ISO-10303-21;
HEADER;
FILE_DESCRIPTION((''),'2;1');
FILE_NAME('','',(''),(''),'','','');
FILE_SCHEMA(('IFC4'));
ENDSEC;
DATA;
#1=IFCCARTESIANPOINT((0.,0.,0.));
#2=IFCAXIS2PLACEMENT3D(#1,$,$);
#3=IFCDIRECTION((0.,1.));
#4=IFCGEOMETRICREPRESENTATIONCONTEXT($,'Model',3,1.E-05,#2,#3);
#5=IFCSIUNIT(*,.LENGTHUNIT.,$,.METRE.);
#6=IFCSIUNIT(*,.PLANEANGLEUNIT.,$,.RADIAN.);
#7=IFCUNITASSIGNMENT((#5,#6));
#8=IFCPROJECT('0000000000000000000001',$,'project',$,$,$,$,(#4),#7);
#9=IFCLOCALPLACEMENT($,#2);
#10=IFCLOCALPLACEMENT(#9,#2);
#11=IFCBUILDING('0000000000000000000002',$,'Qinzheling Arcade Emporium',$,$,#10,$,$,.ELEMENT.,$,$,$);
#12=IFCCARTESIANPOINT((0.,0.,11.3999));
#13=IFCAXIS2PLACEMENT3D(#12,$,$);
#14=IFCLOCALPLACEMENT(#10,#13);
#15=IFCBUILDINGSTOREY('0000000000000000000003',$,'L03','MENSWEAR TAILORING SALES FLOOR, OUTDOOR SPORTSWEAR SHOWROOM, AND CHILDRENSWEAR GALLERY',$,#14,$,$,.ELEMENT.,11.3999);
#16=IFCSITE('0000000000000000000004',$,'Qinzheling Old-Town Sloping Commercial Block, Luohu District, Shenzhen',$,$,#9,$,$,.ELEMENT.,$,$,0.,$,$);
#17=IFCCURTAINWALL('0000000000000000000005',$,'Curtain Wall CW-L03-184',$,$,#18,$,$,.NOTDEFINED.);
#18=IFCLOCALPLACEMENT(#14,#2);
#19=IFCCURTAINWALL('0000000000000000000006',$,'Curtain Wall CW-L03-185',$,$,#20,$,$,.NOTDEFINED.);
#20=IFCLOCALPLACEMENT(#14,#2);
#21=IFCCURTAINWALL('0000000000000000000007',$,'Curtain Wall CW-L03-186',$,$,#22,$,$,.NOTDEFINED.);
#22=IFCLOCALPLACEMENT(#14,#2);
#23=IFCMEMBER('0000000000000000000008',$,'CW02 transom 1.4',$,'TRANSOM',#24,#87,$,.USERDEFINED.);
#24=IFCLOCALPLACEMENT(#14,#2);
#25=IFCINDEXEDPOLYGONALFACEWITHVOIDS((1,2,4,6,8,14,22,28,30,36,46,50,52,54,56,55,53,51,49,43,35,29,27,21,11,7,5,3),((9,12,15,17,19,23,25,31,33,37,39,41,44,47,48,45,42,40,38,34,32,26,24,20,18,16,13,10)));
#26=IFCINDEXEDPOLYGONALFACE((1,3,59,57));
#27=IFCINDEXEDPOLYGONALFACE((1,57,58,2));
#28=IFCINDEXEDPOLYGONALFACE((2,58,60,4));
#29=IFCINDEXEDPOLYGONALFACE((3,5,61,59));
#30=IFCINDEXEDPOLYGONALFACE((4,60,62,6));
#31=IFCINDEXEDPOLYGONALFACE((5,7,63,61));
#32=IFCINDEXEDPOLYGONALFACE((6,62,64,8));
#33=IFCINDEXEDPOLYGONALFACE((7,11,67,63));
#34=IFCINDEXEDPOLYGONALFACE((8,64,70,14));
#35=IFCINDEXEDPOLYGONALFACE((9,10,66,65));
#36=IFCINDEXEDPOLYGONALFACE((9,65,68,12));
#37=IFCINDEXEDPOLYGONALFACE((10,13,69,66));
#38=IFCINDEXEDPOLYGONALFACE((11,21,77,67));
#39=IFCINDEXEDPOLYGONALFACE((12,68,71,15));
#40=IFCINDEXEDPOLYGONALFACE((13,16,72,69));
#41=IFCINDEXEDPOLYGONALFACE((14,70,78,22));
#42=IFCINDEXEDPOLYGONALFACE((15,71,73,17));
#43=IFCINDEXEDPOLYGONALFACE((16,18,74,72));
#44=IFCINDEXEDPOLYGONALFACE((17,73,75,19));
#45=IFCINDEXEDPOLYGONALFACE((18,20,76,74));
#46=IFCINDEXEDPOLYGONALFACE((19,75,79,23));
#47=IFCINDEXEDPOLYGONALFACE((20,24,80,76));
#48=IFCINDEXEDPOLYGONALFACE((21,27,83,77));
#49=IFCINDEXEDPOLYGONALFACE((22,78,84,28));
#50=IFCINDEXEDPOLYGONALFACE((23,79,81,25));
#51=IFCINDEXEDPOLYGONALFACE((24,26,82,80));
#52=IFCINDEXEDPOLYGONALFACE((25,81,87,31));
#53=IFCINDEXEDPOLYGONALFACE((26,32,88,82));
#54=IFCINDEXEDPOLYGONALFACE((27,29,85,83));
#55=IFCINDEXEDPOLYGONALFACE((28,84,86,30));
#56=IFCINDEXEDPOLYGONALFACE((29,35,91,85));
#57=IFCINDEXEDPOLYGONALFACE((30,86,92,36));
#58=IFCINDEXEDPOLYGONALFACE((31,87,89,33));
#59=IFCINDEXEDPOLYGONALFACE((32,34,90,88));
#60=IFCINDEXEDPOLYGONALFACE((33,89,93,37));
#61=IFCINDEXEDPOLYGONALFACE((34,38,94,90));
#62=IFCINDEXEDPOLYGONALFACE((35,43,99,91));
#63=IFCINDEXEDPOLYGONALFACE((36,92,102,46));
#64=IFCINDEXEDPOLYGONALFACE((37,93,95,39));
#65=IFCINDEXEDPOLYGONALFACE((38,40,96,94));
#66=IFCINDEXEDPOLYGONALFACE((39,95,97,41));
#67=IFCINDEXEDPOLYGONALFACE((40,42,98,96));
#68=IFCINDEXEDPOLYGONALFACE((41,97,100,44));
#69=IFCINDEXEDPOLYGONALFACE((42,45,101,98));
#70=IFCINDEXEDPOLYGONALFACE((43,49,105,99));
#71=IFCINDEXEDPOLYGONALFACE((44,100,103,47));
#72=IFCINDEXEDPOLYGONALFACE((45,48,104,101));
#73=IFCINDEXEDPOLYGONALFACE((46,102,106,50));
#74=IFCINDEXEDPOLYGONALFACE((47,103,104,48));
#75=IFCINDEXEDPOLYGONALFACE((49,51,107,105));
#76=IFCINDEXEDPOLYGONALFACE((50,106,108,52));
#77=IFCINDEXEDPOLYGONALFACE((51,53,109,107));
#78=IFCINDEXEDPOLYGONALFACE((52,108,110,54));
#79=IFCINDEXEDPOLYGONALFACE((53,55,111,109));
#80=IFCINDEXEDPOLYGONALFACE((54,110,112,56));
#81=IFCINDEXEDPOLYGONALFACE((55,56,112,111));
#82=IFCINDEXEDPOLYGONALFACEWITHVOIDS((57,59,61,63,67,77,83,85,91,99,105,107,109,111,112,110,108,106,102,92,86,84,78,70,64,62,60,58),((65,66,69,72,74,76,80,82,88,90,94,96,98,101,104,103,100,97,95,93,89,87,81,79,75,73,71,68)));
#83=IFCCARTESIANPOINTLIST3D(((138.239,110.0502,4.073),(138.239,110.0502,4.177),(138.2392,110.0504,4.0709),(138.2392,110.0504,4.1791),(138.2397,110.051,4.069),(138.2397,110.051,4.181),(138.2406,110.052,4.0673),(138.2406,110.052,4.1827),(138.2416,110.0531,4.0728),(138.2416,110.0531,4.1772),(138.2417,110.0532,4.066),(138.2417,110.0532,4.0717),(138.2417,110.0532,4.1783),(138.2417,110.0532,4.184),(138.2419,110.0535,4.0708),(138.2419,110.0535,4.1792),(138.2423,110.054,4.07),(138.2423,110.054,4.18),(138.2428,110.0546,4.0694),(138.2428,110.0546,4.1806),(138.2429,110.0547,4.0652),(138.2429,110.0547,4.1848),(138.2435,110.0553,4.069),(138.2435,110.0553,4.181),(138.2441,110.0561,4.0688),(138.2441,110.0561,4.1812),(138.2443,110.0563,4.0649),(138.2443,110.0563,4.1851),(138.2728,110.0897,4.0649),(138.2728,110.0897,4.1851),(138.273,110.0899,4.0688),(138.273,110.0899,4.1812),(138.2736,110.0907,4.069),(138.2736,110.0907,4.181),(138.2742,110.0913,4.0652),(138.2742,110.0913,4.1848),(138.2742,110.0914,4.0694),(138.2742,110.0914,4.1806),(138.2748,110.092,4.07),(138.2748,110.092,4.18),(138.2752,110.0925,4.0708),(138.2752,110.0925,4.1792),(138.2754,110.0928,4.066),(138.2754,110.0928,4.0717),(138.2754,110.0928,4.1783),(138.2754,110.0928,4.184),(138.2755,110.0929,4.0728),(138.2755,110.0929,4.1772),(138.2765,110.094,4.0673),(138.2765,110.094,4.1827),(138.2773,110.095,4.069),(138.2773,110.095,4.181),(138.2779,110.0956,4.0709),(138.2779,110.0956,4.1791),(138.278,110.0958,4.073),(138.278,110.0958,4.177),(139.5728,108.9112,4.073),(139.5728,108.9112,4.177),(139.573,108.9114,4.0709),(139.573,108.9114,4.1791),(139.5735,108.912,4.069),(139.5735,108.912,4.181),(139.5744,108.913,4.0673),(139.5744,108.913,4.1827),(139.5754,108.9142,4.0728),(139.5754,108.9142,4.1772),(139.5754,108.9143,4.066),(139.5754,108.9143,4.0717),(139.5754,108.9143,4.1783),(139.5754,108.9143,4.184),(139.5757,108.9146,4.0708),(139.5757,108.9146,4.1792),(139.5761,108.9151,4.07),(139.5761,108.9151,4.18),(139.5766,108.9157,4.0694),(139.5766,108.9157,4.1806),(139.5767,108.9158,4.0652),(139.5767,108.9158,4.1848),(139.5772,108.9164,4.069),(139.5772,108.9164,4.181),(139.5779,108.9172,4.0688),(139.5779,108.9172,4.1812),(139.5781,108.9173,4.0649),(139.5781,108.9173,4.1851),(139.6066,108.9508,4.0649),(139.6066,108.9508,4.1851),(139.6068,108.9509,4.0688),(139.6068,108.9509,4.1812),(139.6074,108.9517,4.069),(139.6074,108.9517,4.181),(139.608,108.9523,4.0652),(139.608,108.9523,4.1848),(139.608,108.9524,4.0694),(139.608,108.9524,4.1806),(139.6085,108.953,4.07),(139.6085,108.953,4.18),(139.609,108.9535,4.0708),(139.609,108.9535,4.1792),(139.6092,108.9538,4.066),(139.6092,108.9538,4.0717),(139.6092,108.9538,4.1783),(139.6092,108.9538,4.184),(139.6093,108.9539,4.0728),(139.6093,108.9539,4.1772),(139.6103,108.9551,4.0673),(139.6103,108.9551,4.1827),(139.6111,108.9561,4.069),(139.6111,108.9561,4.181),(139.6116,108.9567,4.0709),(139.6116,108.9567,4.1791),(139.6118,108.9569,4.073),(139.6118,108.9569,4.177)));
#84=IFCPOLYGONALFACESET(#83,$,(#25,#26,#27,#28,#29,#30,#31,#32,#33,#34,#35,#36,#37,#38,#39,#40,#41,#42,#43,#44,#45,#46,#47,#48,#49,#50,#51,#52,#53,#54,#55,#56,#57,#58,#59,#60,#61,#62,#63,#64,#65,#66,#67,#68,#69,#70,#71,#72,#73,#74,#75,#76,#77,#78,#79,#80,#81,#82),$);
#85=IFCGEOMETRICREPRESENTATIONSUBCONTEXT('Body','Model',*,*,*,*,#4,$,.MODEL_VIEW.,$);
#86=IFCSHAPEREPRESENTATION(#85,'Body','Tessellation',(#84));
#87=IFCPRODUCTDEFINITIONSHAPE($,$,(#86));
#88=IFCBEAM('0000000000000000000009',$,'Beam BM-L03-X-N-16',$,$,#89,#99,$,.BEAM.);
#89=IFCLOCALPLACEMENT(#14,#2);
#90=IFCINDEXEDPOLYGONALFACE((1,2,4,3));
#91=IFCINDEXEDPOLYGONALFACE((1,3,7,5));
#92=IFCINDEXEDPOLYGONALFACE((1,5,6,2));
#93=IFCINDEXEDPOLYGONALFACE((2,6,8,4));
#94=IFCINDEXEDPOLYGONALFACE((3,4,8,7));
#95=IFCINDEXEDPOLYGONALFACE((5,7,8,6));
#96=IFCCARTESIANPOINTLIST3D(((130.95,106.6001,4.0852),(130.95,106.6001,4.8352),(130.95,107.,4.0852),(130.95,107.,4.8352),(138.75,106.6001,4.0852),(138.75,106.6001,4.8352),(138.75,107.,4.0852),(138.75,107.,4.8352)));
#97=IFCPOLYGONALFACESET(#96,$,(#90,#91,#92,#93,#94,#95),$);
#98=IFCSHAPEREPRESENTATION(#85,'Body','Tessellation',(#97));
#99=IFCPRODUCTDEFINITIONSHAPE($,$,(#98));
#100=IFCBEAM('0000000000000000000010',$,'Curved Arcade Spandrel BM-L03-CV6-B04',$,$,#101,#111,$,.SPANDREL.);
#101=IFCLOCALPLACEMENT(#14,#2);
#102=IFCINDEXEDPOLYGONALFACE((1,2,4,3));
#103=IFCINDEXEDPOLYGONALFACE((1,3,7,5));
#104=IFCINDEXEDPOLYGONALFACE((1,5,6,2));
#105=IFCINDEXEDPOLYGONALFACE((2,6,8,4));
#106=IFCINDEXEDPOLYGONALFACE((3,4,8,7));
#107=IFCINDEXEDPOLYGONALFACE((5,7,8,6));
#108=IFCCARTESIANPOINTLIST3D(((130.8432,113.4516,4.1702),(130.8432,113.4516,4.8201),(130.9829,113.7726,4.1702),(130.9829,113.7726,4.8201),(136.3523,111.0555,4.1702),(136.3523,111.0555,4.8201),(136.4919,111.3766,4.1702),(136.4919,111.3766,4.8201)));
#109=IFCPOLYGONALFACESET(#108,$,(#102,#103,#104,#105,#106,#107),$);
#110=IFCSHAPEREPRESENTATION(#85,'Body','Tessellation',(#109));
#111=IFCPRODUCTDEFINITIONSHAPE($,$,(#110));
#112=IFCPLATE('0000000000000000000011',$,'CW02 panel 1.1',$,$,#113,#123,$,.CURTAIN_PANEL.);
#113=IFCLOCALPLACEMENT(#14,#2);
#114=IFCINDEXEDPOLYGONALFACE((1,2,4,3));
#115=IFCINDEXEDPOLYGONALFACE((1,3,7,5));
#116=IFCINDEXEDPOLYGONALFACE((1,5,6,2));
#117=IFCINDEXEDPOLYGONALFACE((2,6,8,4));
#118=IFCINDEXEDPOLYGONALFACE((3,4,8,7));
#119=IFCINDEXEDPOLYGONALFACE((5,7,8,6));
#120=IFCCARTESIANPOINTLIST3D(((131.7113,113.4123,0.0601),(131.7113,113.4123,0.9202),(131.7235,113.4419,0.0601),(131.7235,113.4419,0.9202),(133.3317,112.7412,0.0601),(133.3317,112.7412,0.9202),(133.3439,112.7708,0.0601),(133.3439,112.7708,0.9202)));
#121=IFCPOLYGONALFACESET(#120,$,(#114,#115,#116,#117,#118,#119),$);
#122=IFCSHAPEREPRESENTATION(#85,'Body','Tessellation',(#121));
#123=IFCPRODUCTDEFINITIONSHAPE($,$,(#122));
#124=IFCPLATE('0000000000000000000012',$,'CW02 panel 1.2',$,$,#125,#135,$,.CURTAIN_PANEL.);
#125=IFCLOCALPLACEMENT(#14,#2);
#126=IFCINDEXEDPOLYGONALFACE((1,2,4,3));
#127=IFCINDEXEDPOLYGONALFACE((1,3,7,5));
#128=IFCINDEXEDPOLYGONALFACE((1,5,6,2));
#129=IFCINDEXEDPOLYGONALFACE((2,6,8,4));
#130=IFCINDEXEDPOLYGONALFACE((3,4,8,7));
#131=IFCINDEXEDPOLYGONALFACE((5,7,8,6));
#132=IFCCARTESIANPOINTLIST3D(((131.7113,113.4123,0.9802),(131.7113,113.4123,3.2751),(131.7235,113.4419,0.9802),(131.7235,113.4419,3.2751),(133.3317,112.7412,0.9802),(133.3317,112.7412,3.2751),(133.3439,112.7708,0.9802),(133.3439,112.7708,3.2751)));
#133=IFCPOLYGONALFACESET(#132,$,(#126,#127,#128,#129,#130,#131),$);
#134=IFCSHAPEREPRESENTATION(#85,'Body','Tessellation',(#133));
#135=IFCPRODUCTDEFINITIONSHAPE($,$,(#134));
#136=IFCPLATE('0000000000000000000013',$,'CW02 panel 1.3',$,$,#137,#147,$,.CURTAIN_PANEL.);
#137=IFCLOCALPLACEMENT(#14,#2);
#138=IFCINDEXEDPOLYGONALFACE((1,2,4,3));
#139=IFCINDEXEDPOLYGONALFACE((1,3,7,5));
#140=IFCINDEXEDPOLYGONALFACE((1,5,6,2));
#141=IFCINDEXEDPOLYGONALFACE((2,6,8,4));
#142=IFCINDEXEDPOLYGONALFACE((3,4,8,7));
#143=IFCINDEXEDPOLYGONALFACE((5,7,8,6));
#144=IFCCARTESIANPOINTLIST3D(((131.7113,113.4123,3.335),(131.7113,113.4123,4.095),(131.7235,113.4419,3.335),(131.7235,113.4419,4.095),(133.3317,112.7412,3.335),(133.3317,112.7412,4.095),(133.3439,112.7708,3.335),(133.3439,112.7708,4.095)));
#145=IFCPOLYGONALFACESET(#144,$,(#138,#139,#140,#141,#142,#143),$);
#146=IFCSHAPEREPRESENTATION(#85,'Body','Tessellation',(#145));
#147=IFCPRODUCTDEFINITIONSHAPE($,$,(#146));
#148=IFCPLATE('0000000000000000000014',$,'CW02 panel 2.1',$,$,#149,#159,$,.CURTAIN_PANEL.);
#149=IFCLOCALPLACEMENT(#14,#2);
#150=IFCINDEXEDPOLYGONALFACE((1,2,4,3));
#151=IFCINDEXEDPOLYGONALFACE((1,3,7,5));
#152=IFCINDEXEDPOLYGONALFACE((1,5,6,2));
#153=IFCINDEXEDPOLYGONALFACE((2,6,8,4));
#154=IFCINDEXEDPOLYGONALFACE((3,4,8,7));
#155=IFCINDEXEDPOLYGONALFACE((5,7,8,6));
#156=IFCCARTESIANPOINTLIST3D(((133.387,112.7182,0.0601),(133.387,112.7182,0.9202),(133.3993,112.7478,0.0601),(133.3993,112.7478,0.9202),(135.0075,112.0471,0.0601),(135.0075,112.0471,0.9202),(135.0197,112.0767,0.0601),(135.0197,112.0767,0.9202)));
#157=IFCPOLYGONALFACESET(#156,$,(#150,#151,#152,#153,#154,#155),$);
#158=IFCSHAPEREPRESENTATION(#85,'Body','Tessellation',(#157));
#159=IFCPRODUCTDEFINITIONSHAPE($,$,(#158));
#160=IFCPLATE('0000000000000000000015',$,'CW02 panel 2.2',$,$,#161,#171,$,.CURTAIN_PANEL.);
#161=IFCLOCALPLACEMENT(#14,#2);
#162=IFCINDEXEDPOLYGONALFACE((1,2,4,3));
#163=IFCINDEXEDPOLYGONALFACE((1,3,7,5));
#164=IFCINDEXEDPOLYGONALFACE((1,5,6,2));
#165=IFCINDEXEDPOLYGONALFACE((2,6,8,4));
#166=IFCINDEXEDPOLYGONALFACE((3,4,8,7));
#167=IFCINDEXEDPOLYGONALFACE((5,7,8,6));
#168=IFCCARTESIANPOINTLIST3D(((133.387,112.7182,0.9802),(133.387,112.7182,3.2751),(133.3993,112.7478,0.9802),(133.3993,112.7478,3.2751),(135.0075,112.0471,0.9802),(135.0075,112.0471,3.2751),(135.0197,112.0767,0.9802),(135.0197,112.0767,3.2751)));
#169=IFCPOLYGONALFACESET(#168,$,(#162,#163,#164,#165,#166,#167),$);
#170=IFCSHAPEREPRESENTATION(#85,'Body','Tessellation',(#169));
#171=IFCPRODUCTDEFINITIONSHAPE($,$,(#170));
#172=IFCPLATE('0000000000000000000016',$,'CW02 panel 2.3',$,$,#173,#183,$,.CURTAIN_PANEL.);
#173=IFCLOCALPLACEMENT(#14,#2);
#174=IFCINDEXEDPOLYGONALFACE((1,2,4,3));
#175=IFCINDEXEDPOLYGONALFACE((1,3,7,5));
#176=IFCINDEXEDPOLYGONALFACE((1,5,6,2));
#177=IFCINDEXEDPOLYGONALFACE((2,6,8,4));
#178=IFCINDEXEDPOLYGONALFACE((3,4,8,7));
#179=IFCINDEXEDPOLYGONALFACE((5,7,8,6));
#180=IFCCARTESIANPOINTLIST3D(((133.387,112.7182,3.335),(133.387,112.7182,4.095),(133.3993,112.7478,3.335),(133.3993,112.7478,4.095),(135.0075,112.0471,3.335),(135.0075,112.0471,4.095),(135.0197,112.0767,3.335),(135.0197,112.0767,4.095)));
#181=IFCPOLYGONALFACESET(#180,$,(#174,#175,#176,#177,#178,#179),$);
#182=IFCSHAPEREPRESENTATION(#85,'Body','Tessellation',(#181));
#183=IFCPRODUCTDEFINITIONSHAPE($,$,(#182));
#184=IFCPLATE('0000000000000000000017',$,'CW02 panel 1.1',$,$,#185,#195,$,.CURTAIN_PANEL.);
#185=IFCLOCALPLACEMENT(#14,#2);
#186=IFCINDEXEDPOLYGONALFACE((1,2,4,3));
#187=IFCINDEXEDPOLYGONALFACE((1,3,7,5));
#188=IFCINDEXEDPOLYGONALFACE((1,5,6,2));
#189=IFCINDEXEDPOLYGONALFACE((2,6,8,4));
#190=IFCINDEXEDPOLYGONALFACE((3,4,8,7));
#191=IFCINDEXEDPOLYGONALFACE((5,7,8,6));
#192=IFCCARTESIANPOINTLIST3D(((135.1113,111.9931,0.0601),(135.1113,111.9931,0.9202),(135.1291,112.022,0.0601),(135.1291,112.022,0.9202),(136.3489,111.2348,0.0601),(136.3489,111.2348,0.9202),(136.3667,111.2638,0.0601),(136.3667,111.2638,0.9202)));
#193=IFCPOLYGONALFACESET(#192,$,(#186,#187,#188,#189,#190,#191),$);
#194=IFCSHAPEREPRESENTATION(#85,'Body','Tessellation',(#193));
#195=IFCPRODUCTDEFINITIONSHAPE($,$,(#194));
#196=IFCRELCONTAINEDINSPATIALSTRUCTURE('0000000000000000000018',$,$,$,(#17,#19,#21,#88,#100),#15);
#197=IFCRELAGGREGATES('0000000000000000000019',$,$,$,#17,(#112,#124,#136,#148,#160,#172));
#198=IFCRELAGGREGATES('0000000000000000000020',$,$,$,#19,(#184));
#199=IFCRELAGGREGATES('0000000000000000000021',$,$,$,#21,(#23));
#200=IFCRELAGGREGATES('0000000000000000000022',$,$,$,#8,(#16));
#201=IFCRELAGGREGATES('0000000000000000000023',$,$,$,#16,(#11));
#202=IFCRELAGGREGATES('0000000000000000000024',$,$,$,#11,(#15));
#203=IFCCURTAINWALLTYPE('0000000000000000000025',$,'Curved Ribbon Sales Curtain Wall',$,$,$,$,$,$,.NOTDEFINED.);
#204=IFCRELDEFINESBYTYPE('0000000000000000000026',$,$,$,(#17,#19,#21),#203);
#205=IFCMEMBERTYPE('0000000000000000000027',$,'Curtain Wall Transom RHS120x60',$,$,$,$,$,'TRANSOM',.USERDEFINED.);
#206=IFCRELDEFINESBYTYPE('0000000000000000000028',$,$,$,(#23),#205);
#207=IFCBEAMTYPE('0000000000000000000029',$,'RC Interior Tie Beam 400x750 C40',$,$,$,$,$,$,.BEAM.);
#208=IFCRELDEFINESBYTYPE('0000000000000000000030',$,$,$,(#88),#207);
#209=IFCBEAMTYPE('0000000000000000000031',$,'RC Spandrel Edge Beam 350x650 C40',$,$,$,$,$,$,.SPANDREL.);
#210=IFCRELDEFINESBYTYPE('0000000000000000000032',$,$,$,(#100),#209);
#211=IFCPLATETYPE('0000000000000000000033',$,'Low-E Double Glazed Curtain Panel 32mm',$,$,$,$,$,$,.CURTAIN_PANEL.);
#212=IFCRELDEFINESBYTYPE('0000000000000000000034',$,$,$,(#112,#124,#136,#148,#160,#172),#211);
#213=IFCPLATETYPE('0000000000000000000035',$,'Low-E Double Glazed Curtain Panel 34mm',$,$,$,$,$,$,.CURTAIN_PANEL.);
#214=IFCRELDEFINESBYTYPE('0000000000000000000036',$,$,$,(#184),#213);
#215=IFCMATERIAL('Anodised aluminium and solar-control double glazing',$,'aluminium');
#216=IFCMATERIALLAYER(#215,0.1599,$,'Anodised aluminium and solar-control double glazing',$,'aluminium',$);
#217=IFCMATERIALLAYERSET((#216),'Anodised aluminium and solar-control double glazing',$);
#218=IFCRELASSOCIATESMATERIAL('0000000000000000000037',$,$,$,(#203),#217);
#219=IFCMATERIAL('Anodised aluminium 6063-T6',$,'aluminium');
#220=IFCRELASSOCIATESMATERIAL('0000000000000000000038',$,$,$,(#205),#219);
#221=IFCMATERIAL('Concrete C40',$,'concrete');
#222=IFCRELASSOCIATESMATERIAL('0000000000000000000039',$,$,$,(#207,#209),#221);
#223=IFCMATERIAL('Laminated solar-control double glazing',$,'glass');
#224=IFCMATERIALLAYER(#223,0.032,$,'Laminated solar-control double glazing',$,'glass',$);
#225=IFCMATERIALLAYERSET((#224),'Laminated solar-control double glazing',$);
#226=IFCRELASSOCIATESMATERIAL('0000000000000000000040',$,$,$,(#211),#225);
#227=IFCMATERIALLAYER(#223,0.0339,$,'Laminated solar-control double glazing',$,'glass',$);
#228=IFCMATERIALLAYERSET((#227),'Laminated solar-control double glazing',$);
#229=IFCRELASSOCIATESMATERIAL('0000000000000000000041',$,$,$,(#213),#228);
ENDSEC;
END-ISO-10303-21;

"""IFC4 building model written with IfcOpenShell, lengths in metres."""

from ifc_helpers import new_model, si_unit, direction, frame, origin, origin_2d, place, context, subcontext, project, spatial, rectangle, hollow_rectangle, extrude, material, layer, layer_set, material_profile, profile_set, type_object, element, aggregate, save


model = new_model("IFC4")

# Units and contexts
model_context = context("Model", 3, precision=1e-05, world=origin(), true_north=direction((0.0, 1.0)))
body_context = subcontext(model_context, "Body", "Model", "MODEL_VIEW")
ifc_project = project(units=[si_unit("LENGTHUNIT", "METRE"), si_unit("PLANEANGLEUNIT", "RADIAN")], contexts=[model_context])

# Site, building, storey
site_placement = place(None, origin())
site = spatial("IfcSite", under=ifc_project, at=site_placement, Name="Qinzheling Old-Town Sloping Commercial Block, Luohu District, Shenzhen", CompositionType="ELEMENT", RefElevation=0.0)
building_placement = place(site_placement, origin())
building = spatial("IfcBuilding", under=site, at=building_placement, Name="Qinzheling Arcade Emporium", CompositionType="ELEMENT")
storey_placement = place(building_placement, frame((0.0, 0.0, 11.3999)))
storey = spatial("IfcBuildingStorey", under=building, at=storey_placement, Name="L03", Description="MENSWEAR TAILORING SALES FLOOR, OUTDOOR SPORTSWEAR SHOWROOM, AND CHILDRENSWEAR GALLERY", CompositionType="ELEMENT", Elevation=11.3999)

# Curtain walls
ifc_material_1 = material(Name="Anodised aluminium and solar-control double glazing", Category="aluminium")
ifc_layer_1 = layer(ifc_material_1, 0.1599, Name="Anodised aluminium and solar-control double glazing", Category="aluminium")
ifc_layer_set_1 = layer_set([ifc_layer_1], Name="Anodised aluminium and solar-control double glazing")
curtain_wall_type = type_object("IfcCurtainWallType", Name="Curved Ribbon Sales Curtain Wall", PredefinedType="NOTDEFINED", material=ifc_layer_set_1)
curtain_wall_1_placement = place(storey_placement, origin())
curtain_wall_1 = element("IfcCurtainWall", 1, at=curtain_wall_1_placement, inside=storey, type_object=curtain_wall_type, Name="Curtain Wall CW-L03-184", PredefinedType="NOTDEFINED")
ifc_material_2 = material(Name="Anodised aluminium 6063-T6", Category="aluminium")
curtain_wall_2_placement = place(storey_placement, origin())
curtain_wall_2 = element("IfcCurtainWall", 2, at=curtain_wall_2_placement, inside=storey, type_object=curtain_wall_type, Name="Curtain Wall CW-L03-185", PredefinedType="NOTDEFINED")

# Curtain wall
curtain_wall_3_placement = place(storey_placement, origin())
curtain_wall_3 = element("IfcCurtainWall", 3, at=curtain_wall_3_placement, inside=storey, type_object=curtain_wall_type, Name="Curtain Wall CW-L03-186", PredefinedType="NOTDEFINED")

# Member
ifc_material_profile_1 = material_profile(ifc_material_2, hollow_rectangle(XDim=0.0601, YDim=0.1201, WallThickness=0.0039, InnerFilletRadius=0.0039, OuterFilletRadius=0.0081, at=origin_2d()), Name="RHS 120x60x4", Category="aluminium")
ifc_profile_set_1 = profile_set([ifc_material_profile_1], Name="Anodised aluminium 6063-T6")
member_type_1 = type_object("IfcMemberType", Name="Curtain Wall Transom RHS120x60", ElementType="TRANSOM", PredefinedType="USERDEFINED", material=ifc_profile_set_1)
member_1_placement = place(storey_placement, frame((138.2585, 110.073, 4.125), z_axis=(0.760464, -0.64938, 0.0), x_axis=(0.64938, 0.760464, 0.0)))
member_1 = element("IfcMember", 4, at=member_1_placement, type_object=member_type_1, Name="CW02 transom 1.4", ObjectType="TRANSOM", PredefinedType="USERDEFINED", context=body_context, shape_type="SweptSolid", body=[
    extrude(hollow_rectangle(XDim=0.0601, YDim=0.1201, WallThickness=0.0039, InnerFilletRadius=0.0039, OuterFilletRadius=0.0081, at=origin_2d()), origin(), (0.0, 0.0, 1.0), 1.7539),
])

# Beams
ifc_material_3 = material(Name="Concrete C40", Category="concrete")
ifc_material_profile_2 = material_profile(ifc_material_3, rectangle(XDim=0.3999, YDim=0.75, at=origin_2d()), Name="RC 400x750", Category="concrete")
ifc_profile_set_2 = profile_set([ifc_material_profile_2], Name="Concrete C40")
beam_type_1 = type_object("IfcBeamType", Name="RC Interior Tie Beam 400x750 C40", PredefinedType="BEAM", material=ifc_profile_set_2)
beam_1_placement = place(storey_placement, frame((130.95, 106.8, 4.4602), z_axis=(1.0, 0.0, 0.0), x_axis=(0.0, 1.0, 0.0)))
element("IfcBeam", 5, at=beam_1_placement, inside=storey, type_object=beam_type_1, Name="Beam BM-L03-X-N-16", PredefinedType="BEAM", context=body_context, shape_type="SweptSolid", body=[
    extrude(rectangle(XDim=0.3999, YDim=0.75, at=origin_2d()), origin(), (0.0, 0.0, 1.0), 7.8),
])
ifc_material_profile_3 = material_profile(ifc_material_3, rectangle(XDim=0.3501, YDim=0.6499, at=origin_2d()), Name="RC 350x650", Category="concrete")
ifc_profile_set_3 = profile_set([ifc_material_profile_3], Name="Concrete C40")
beam_type_2 = type_object("IfcBeamType", Name="RC Spandrel Edge Beam 350x650 C40", PredefinedType="SPANDREL", material=ifc_profile_set_3)
beam_2_placement = place(storey_placement, frame((136.4221, 111.2161, 4.4951), z_axis=(-0.917024, 0.398833, 0.0), x_axis=(-0.398833, -0.917024, 0.0)))
element("IfcBeam", 6, at=beam_2_placement, inside=storey, type_object=beam_type_2, Name="Curved Arcade Spandrel BM-L03-CV6-B04", PredefinedType="SPANDREL", context=body_context, shape_type="SweptSolid", body=[
    extrude(rectangle(XDim=0.3501, YDim=0.6499, at=origin_2d()), origin(), (0.0, 0.0, 1.0), 6.0076),
])

# Plates
ifc_material_4 = material(Name="Laminated solar-control double glazing", Category="glass")
ifc_layer_2 = layer(ifc_material_4, 0.032, Name="Laminated solar-control double glazing", Category="glass")
ifc_layer_set_2 = layer_set([ifc_layer_2], Name="Laminated solar-control double glazing")
plate_type_1 = type_object("IfcPlateType", Name="Low-E Double Glazed Curtain Panel 32mm", PredefinedType="CURTAIN_PANEL", material=ifc_layer_set_2)
plate_1_placement = place(storey_placement, frame((132.5276, 113.0916, 0.0601), z_axis=(0.0, 0.0, 1.0), x_axis=(0.923901, -0.382631, 0.0)))
plate_1 = element("IfcPlate", 7, at=plate_1_placement, type_object=plate_type_1, Name="CW02 panel 1.1", PredefinedType="CURTAIN_PANEL", context=body_context, shape_type="SweptSolid", body=[
    extrude(rectangle(XDim=1.7539, YDim=0.032, at=origin_2d()), origin(), (0.0, 0.0, 1.0), 0.8601),
])
plate_2_placement = place(storey_placement, frame((132.5276, 113.0916, 0.9802), z_axis=(0.0, 0.0, 1.0), x_axis=(0.923901, -0.382631, 0.0)))
plate_2 = element("IfcPlate", 8, at=plate_2_placement, type_object=plate_type_1, Name="CW02 panel 1.2", PredefinedType="CURTAIN_PANEL", context=body_context, shape_type="SweptSolid", body=[
    extrude(rectangle(XDim=1.7539, YDim=0.032, at=origin_2d()), origin(), (0.0, 0.0, 1.0), 2.2949),
])
plate_3_placement = place(storey_placement, frame((132.5276, 113.0916, 3.335), z_axis=(0.0, 0.0, 1.0), x_axis=(0.923901, -0.382631, 0.0)))
plate_3 = element("IfcPlate", 9, at=plate_3_placement, type_object=plate_type_1, Name="CW02 panel 1.3", PredefinedType="CURTAIN_PANEL", context=body_context, shape_type="SweptSolid", body=[
    extrude(rectangle(XDim=1.7539, YDim=0.032, at=origin_2d()), origin(), (0.0, 0.0, 1.0), 0.76),
])
plate_4_placement = place(storey_placement, frame((134.2034, 112.3975, 0.0601), z_axis=(0.0, 0.0, 1.0), x_axis=(0.923901, -0.382631, 0.0)))
plate_4 = element("IfcPlate", 10, at=plate_4_placement, type_object=plate_type_1, Name="CW02 panel 2.1", PredefinedType="CURTAIN_PANEL", context=body_context, shape_type="SweptSolid", body=[
    extrude(rectangle(XDim=1.7539, YDim=0.032, at=origin_2d()), origin(), (0.0, 0.0, 1.0), 0.8601),
])
plate_5_placement = place(storey_placement, frame((134.2034, 112.3975, 0.9802), z_axis=(0.0, 0.0, 1.0), x_axis=(0.923901, -0.382631, 0.0)))
plate_5 = element("IfcPlate", 11, at=plate_5_placement, type_object=plate_type_1, Name="CW02 panel 2.2", PredefinedType="CURTAIN_PANEL", context=body_context, shape_type="SweptSolid", body=[
    extrude(rectangle(XDim=1.7539, YDim=0.032, at=origin_2d()), origin(), (0.0, 0.0, 1.0), 2.2949),
])
plate_6_placement = place(storey_placement, frame((134.2034, 112.3975, 3.335), z_axis=(0.0, 0.0, 1.0), x_axis=(0.923901, -0.382631, 0.0)))
plate_6 = element("IfcPlate", 12, at=plate_6_placement, type_object=plate_type_1, Name="CW02 panel 2.3", PredefinedType="CURTAIN_PANEL", context=body_context, shape_type="SweptSolid", body=[
    extrude(rectangle(XDim=1.7539, YDim=0.032, at=origin_2d()), origin(), (0.0, 0.0, 1.0), 0.76),
])
aggregate(curtain_wall_1, [plate_1, plate_2, plate_3, plate_4, plate_5, plate_6])
ifc_layer_3 = layer(ifc_material_4, 0.0339, Name="Laminated solar-control double glazing", Category="glass")
ifc_layer_set_3 = layer_set([ifc_layer_3], Name="Laminated solar-control double glazing")
plate_type_2 = type_object("IfcPlateType", Name="Low-E Double Glazed Curtain Panel 34mm", PredefinedType="CURTAIN_PANEL", material=ifc_layer_set_3)
plate_7_placement = place(storey_placement, frame((135.739, 111.6284, 0.0601), z_axis=(0.0, 0.0, 1.0), x_axis=(0.852684, -0.522428, 0.0)))
plate_7 = element("IfcPlate", 13, at=plate_7_placement, type_object=plate_type_2, Name="CW02 panel 1.1", PredefinedType="CURTAIN_PANEL", context=body_context, shape_type="SweptSolid", body=[
    extrude(rectangle(XDim=1.4514, YDim=0.0339, at=origin_2d()), origin(), (0.0, 0.0, 1.0), 0.8601),
])
aggregate(curtain_wall_2, [plate_7])
aggregate(curtain_wall_3, [member_1])

save(model, "model.ifc")
